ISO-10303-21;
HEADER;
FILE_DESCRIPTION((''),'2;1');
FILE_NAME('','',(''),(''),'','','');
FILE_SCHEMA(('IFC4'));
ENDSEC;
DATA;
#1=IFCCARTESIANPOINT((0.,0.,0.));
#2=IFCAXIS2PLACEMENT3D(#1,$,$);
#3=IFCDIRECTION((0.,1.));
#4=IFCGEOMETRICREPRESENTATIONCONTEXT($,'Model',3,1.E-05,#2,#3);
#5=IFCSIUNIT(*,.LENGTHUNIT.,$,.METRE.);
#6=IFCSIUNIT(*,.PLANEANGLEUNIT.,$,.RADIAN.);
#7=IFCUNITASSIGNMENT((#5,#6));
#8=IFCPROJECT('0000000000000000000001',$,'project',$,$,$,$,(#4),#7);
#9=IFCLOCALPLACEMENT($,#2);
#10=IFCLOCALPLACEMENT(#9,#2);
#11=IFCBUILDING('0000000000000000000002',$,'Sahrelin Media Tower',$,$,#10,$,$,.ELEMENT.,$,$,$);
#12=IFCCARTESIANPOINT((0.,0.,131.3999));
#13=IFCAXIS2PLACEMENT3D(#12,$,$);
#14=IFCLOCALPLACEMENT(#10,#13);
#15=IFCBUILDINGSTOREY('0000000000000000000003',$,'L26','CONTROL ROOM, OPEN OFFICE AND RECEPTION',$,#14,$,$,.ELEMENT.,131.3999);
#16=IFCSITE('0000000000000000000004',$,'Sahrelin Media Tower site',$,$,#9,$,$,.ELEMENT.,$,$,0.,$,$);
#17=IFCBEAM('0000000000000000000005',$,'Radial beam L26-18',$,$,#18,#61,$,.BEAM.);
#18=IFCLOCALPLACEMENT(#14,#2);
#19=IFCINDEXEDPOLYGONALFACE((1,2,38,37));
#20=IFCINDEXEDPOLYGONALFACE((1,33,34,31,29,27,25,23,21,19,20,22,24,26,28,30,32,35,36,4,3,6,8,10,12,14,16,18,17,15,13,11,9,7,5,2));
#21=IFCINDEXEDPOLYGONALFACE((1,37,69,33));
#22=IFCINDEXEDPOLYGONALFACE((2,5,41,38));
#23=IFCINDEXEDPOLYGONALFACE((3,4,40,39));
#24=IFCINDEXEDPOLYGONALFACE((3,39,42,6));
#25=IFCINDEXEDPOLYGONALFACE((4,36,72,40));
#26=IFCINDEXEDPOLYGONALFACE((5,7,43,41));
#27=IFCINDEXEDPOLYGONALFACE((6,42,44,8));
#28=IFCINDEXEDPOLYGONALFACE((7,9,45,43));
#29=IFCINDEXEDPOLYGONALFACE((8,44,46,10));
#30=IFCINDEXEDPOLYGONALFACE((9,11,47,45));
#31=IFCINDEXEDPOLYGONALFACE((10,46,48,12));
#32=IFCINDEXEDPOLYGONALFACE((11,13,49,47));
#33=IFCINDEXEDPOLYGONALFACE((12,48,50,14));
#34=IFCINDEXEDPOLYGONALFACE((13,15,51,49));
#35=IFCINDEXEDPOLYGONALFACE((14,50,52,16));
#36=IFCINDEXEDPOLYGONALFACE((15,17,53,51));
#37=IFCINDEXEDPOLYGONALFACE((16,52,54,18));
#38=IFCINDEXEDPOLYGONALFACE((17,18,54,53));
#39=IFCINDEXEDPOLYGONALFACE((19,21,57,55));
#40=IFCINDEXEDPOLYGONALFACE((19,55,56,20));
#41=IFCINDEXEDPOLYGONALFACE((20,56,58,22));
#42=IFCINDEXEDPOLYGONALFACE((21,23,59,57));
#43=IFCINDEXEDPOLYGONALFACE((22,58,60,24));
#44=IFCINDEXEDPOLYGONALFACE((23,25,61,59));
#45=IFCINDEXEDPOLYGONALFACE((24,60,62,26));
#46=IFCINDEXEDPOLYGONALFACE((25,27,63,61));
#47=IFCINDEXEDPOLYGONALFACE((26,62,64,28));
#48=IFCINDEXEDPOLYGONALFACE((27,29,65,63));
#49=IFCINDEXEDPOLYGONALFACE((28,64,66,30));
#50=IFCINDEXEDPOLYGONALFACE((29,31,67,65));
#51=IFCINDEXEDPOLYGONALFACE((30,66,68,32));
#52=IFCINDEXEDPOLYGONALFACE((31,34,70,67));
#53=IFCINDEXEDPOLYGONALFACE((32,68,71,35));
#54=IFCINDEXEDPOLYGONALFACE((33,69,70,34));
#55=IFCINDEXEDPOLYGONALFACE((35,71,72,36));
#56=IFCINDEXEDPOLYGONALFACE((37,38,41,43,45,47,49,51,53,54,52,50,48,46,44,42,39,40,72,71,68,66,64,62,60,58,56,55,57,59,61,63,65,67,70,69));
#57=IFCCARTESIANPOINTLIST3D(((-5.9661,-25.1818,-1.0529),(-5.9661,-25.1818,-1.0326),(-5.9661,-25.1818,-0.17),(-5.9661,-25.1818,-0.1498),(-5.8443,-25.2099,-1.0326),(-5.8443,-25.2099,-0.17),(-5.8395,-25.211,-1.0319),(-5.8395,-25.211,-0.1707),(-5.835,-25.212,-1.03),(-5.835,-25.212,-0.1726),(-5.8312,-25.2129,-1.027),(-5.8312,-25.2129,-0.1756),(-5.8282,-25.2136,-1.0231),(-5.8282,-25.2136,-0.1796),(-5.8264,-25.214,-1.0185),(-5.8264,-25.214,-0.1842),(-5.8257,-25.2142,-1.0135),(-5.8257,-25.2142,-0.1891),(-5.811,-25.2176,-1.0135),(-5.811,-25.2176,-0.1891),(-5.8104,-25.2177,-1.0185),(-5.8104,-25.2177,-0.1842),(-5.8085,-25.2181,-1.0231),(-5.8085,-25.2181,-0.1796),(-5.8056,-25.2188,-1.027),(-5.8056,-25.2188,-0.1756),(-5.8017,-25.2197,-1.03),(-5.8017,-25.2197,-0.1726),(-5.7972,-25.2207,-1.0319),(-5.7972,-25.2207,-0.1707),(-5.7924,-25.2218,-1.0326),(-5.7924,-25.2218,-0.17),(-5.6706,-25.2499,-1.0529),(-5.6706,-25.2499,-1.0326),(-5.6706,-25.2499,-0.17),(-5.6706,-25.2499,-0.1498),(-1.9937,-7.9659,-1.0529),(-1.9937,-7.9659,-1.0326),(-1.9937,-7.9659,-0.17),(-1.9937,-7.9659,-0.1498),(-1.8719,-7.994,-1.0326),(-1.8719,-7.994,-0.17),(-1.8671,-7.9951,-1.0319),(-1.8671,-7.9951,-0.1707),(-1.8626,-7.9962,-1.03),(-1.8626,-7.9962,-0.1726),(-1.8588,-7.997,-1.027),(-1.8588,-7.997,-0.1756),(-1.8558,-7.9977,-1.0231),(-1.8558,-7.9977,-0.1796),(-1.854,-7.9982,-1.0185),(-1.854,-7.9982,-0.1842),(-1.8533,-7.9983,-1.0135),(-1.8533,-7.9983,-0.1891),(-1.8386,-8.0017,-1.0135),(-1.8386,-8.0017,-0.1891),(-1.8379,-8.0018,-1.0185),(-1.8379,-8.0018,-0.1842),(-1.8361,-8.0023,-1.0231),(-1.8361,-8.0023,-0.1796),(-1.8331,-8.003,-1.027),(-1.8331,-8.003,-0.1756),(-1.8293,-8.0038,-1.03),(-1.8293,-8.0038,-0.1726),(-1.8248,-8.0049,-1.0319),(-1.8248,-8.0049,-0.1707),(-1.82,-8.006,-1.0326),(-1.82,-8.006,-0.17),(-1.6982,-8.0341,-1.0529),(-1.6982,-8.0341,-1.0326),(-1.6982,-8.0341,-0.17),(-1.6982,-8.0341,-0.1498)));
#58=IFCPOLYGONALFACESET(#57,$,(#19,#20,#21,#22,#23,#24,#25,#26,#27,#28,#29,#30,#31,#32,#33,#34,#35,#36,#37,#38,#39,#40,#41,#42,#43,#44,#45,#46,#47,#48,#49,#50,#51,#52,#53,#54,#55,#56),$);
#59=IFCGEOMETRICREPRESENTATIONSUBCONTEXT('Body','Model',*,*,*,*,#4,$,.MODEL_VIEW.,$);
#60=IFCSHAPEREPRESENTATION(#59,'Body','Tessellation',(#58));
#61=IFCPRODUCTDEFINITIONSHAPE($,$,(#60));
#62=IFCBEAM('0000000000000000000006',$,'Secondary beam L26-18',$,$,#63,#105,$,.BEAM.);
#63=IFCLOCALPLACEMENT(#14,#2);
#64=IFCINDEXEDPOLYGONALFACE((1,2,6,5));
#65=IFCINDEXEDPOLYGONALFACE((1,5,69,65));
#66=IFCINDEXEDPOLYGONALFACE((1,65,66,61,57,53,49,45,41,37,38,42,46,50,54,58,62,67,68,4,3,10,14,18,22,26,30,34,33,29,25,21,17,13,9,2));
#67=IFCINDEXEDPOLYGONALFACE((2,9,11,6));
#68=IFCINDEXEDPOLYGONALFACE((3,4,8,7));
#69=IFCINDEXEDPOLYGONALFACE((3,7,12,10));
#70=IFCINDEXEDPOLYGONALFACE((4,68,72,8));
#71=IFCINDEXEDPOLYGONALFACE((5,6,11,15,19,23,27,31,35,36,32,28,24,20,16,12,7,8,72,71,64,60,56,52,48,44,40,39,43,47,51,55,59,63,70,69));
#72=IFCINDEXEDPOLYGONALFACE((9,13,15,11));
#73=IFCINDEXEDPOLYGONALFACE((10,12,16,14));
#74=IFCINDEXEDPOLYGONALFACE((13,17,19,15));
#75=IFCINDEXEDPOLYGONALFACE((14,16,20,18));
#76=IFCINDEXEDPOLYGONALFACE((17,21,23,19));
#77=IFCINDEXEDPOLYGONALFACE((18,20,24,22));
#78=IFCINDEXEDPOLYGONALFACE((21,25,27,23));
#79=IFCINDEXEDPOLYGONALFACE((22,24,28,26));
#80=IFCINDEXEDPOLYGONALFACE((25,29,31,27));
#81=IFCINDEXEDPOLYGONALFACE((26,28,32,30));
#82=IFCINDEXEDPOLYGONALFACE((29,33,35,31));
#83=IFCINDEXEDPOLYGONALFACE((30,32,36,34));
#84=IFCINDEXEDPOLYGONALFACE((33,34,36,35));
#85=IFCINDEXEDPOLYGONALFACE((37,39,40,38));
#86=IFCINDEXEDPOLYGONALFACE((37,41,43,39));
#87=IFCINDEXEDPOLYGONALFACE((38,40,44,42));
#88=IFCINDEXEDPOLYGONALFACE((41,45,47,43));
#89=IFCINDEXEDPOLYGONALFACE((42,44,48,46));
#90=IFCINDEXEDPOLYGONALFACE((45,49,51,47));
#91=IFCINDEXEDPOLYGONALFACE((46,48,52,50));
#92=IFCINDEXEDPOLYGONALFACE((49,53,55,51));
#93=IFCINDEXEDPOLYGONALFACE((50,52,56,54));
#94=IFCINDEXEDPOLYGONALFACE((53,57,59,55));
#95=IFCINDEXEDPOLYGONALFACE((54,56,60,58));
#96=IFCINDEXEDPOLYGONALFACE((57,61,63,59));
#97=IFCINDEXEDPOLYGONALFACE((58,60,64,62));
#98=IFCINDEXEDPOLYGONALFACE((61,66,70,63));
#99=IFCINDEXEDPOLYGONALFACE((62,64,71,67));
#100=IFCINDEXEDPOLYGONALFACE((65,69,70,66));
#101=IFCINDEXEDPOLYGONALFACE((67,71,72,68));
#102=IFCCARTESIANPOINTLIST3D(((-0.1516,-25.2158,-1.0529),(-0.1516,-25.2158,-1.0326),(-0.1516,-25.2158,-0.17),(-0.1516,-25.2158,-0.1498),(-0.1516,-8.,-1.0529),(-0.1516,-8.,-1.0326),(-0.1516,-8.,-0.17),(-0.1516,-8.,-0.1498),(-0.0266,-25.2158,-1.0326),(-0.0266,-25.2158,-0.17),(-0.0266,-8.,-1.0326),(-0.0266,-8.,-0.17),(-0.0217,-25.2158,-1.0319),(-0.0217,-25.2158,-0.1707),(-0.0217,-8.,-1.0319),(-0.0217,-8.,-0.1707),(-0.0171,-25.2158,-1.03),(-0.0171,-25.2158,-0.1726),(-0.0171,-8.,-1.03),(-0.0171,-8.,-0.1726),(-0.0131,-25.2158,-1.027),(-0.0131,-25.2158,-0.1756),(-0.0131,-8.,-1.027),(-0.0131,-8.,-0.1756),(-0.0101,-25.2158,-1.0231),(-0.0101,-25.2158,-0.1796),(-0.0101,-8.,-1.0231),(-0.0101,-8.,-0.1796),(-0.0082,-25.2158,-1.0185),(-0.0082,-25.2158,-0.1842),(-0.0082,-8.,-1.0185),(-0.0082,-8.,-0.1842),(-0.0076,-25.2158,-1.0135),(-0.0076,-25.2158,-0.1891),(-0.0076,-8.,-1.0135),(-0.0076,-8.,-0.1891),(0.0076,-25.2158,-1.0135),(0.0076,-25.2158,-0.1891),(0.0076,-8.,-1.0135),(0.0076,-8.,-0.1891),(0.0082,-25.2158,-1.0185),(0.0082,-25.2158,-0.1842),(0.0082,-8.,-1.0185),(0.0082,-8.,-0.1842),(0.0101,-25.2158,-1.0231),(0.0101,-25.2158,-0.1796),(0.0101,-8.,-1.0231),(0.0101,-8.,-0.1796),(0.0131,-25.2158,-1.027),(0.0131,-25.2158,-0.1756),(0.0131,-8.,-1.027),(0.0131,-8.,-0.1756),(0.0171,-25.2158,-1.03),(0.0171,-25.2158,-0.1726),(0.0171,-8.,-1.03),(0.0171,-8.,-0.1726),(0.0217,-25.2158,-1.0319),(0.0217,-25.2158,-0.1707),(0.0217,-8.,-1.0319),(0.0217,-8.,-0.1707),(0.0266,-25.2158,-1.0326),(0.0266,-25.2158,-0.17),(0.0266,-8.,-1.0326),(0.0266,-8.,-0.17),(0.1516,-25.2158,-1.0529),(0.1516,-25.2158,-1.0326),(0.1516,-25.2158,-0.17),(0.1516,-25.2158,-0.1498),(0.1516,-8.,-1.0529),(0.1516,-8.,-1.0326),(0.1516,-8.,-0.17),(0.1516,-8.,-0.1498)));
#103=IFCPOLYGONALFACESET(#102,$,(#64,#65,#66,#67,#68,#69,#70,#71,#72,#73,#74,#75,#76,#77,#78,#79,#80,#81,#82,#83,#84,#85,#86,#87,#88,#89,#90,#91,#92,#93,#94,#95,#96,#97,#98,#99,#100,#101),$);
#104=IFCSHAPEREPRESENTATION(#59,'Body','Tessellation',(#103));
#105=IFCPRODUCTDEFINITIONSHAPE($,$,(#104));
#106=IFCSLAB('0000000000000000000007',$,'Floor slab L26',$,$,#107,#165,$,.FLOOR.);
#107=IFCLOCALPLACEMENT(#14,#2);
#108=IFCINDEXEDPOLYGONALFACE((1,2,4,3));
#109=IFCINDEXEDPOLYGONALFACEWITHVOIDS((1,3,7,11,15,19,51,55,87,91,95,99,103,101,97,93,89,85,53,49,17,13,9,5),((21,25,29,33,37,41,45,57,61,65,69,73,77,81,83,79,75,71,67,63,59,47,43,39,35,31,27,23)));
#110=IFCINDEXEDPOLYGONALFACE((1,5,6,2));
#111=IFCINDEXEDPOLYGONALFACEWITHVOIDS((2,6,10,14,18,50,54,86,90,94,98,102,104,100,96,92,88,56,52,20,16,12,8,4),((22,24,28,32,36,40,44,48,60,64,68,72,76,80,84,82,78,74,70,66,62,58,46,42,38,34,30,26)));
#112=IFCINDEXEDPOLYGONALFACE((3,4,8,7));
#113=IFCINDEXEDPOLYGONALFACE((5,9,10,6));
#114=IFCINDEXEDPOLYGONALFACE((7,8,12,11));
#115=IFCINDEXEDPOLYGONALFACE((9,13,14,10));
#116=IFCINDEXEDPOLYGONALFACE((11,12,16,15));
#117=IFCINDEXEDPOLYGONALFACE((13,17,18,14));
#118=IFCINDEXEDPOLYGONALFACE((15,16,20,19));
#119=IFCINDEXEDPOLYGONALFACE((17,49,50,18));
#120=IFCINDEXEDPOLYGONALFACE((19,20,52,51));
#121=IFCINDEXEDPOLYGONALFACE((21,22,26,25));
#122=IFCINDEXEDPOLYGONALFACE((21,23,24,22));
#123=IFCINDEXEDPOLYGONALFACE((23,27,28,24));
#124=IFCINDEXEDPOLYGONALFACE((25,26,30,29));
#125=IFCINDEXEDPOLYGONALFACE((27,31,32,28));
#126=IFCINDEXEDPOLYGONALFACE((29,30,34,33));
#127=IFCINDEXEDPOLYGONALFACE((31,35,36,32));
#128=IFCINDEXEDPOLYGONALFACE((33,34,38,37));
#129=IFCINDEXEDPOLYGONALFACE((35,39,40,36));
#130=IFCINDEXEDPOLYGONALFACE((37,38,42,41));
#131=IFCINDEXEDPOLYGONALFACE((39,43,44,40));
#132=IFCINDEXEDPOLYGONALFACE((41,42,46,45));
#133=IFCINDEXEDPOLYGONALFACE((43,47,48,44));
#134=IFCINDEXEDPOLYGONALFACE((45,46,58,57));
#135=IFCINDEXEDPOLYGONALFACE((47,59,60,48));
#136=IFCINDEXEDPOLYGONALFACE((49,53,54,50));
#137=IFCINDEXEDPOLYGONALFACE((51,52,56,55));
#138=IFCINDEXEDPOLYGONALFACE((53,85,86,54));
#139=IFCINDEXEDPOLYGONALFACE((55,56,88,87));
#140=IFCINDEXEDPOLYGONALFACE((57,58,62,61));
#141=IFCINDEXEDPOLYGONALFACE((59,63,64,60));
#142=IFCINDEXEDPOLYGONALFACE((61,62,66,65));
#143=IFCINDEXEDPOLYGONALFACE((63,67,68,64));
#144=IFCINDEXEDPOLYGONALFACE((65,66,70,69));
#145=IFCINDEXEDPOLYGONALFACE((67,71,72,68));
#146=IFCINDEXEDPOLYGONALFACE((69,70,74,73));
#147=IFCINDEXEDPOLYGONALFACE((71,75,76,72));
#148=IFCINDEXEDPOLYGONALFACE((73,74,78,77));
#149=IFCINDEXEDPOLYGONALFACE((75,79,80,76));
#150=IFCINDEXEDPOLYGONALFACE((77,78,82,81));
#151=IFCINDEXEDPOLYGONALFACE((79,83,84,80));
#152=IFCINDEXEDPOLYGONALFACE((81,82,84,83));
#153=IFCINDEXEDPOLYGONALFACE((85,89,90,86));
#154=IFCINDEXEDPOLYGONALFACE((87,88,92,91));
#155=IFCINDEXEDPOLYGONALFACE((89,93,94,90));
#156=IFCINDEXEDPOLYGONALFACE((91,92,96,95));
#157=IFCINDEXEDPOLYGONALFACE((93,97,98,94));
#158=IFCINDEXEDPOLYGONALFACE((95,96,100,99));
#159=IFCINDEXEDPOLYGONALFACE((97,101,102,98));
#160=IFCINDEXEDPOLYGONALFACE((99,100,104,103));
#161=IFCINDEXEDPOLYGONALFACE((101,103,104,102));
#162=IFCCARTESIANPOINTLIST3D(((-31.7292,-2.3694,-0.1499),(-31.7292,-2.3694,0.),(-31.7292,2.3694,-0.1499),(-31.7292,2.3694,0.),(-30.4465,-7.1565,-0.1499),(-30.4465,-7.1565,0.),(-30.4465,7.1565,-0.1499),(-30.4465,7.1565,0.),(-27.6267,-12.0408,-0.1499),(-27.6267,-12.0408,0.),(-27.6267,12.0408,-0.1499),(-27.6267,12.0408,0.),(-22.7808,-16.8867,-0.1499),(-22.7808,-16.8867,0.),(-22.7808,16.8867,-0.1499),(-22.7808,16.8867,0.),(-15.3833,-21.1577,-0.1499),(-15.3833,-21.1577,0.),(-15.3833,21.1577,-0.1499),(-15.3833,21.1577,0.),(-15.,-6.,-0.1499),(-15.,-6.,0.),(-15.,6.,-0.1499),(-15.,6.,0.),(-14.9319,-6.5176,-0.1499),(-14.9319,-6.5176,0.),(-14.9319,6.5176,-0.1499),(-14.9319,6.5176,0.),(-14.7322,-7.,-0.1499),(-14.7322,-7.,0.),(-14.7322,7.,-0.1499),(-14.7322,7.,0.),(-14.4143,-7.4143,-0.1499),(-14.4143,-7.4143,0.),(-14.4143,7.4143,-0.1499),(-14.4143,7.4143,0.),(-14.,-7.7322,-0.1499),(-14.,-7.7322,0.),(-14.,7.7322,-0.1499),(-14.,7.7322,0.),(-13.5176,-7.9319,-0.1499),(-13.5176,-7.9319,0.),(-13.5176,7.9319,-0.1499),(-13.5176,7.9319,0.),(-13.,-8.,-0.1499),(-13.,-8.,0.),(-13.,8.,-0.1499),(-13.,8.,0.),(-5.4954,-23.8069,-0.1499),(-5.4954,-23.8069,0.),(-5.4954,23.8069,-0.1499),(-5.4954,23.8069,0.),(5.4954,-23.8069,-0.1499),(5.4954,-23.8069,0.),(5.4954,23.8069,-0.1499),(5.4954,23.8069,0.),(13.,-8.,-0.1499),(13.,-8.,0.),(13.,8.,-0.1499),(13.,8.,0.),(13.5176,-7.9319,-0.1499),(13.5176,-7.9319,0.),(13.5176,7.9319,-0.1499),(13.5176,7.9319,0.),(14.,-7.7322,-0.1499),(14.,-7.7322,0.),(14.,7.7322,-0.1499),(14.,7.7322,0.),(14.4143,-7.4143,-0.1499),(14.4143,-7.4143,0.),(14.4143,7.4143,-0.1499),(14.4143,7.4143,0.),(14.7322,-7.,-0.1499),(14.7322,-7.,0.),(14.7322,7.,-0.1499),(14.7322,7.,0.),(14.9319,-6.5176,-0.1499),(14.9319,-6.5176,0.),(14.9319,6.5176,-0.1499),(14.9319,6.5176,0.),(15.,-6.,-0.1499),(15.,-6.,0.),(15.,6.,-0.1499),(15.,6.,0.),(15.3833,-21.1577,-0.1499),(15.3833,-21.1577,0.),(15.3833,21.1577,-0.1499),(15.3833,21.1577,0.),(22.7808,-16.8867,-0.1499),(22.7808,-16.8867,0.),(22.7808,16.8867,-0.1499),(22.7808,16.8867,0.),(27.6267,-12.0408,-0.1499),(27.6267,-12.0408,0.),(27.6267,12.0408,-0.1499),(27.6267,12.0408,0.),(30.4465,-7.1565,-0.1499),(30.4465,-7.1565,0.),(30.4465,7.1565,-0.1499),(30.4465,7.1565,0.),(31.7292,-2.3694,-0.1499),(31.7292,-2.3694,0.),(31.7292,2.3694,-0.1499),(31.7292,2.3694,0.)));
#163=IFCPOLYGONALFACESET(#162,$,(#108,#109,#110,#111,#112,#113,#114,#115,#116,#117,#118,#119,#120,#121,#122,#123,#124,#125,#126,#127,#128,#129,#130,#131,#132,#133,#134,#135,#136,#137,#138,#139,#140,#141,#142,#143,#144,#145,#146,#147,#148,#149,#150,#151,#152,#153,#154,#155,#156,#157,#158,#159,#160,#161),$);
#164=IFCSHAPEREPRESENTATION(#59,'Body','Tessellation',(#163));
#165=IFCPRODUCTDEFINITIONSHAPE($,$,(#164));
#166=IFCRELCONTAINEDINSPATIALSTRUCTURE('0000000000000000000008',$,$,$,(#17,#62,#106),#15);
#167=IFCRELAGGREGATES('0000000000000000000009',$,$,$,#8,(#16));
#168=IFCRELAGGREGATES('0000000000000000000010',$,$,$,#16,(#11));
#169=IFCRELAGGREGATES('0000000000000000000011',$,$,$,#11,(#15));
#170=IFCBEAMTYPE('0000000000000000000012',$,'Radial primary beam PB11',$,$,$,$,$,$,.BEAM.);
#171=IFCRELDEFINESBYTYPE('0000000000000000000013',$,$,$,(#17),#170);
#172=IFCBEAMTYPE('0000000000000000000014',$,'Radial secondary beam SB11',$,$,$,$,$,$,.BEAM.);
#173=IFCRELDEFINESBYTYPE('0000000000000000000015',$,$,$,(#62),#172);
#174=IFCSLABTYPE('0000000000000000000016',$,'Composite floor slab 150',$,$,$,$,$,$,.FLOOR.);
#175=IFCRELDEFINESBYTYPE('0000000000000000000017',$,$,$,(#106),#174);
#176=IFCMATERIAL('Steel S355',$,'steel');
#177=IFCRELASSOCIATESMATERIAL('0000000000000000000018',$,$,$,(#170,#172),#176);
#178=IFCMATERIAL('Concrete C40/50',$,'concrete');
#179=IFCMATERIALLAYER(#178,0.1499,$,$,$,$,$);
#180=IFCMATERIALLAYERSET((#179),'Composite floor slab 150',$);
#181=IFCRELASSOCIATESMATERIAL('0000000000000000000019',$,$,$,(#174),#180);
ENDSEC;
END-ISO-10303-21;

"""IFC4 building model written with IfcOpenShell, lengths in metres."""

from ifc_helpers import new_model, si_unit, direction, frame, origin, origin_2d, place, context, subcontext, project, spatial, polyline, i_section, outline, extrude, material, layer, layer_set, material_profile, profile_set, type_object, element, save


model = new_model("IFC4")

# Units and contexts
model_context = context("Model", 3, precision=1e-05, world=origin(), true_north=direction((0.0, 1.0)))
body_context = subcontext(model_context, "Body", "Model", "MODEL_VIEW")
ifc_project = project(units=[si_unit("LENGTHUNIT", "METRE"), si_unit("PLANEANGLEUNIT", "RADIAN")], contexts=[model_context])

# Site, building, storey
site_placement = place(None, origin())
site = spatial("IfcSite", under=ifc_project, at=site_placement, Name="Sahrelin Media Tower site", CompositionType="ELEMENT", RefElevation=0.0)
building_placement = place(site_placement, origin())
building = spatial("IfcBuilding", under=site, at=building_placement, Name="Sahrelin Media Tower", CompositionType="ELEMENT")
storey_placement = place(building_placement, frame((0.0, 0.0, 131.3999)))
storey = spatial("IfcBuildingStorey", under=building, at=storey_placement, Name="L26", Description="CONTROL ROOM, OPEN OFFICE AND RECEPTION", CompositionType="ELEMENT", Elevation=131.3999)

# Beams
ifc_material_1 = material(Name="Steel S355", Category="steel")
ifc_material_profile_1 = material_profile(ifc_material_1, i_section(OverallWidth=0.3032, OverallDepth=0.9031, WebThickness=0.0151, FlangeThickness=0.0203, FilletRadius=0.019, at=origin_2d()), Name="UB 914x305x201")
ifc_profile_set_1 = profile_set([ifc_material_profile_1], Name="Steel S355")
beam_type_1 = type_object("IfcBeamType", Name="Radial primary beam PB11", PredefinedType="BEAM", material=ifc_profile_set_1)
beam_1_placement = place(storey_placement, frame((-1.8459, -8.0, -0.6013), z_axis=(-0.224834, -0.974397, 0.0), x_axis=(0.974397, -0.224834, 0.0)))
element("IfcBeam", 1, at=beam_1_placement, inside=storey, type_object=beam_type_1, Name="Radial beam L26-18", PredefinedType="BEAM", context=body_context, shape_type="SweptSolid", body=[
    extrude(i_section(OverallWidth=0.3032, OverallDepth=0.9031, WebThickness=0.0151, FlangeThickness=0.0203, FilletRadius=0.019, at=origin_2d()), origin(), (0.0, 0.0, 1.0), 17.6682),
])
ifc_material_profile_2 = material_profile(ifc_material_1, i_section(OverallWidth=0.3032, OverallDepth=0.9031, WebThickness=0.0151, FlangeThickness=0.0203, FilletRadius=0.019, at=origin_2d()), Name="UB 914x305x201")
ifc_profile_set_2 = profile_set([ifc_material_profile_2], Name="Steel S355")
beam_type_2 = type_object("IfcBeamType", Name="Radial secondary beam SB11", PredefinedType="BEAM", material=ifc_profile_set_2)
beam_2_placement = place(storey_placement, frame((0.0, -8.0, -0.6013), z_axis=(0.0, -1.0, 0.0), x_axis=(1.0, 0.0, 0.0)))
element("IfcBeam", 2, at=beam_2_placement, inside=storey, type_object=beam_type_2, Name="Secondary beam L26-18", PredefinedType="BEAM", context=body_context, shape_type="SweptSolid", body=[
    extrude(i_section(OverallWidth=0.3032, OverallDepth=0.9031, WebThickness=0.0151, FlangeThickness=0.0203, FilletRadius=0.019, at=origin_2d()), origin(), (0.0, 0.0, 1.0), 17.2158),
])

# Slab
ifc_material_2 = material(Name="Concrete C40/50", Category="concrete")
ifc_layer_1 = layer(ifc_material_2, 0.1499)
ifc_layer_set_1 = layer_set([ifc_layer_1], Name="Composite floor slab 150")
slab_type = type_object("IfcSlabType", Name="Composite floor slab 150", PredefinedType="FLOOR", material=ifc_layer_set_1)
slab_placement = place(storey_placement, frame((0.0, 0.0, -0.1499)))
element("IfcSlab", 3, at=slab_placement, inside=storey, type_object=slab_type, Name="Floor slab L26", PredefinedType="FLOOR", context=body_context, shape_type="SweptSolid", body=[
    extrude(outline(polyline([(31.7292, -2.3694), (31.7292, 2.3694), (30.4465, 7.1565), (27.6267, 12.0408), (22.7808, 16.8867), (15.3833, 21.1577), (5.4954, 23.8069), (-5.4954, 23.8069), (-15.3833, 21.1577), (-22.7808, 16.8867), (-27.6267, 12.0408), (-30.4465, 7.1565), (-31.7292, 2.3694), (-31.7292, -2.3694), (-30.4465, -7.1565), (-27.6267, -12.0408), (-22.7808, -16.8867), (-15.3833, -21.1577), (-5.4954, -23.8069), (5.4954, -23.8069), (15.3833, -21.1577), (22.7808, -16.8867), (27.6267, -12.0408), (30.4465, -7.1565), (31.7292, -2.3694)]), holes=[polyline([(14.9319, 6.5176), (15.0, 6.0), (15.0, -6.0), (14.9319, -6.5176), (14.7322, -7.0), (14.4143, -7.4143), (14.0, -7.7322), (13.5176, -7.9319), (13.0, -8.0), (-13.0, -8.0), (-13.5176, -7.9319), (-14.0, -7.7322), (-14.4143, -7.4143), (-14.7322, -7.0), (-14.9319, -6.5176), (-15.0, -6.0), (-15.0, 6.0), (-14.9319, 6.5176), (-14.7322, 7.0), (-14.4143, 7.4143), (-14.0, 7.7322), (-13.5176, 7.9319), (-13.0, 8.0), (13.0, 8.0), (13.5176, 7.9319), (14.0, 7.7322), (14.4143, 7.4143), (14.7322, 7.0), (14.9319, 6.5176)])]), origin(), (0.0, 0.0, 1.0), 0.1499),
])

save(model, "model.ifc")
